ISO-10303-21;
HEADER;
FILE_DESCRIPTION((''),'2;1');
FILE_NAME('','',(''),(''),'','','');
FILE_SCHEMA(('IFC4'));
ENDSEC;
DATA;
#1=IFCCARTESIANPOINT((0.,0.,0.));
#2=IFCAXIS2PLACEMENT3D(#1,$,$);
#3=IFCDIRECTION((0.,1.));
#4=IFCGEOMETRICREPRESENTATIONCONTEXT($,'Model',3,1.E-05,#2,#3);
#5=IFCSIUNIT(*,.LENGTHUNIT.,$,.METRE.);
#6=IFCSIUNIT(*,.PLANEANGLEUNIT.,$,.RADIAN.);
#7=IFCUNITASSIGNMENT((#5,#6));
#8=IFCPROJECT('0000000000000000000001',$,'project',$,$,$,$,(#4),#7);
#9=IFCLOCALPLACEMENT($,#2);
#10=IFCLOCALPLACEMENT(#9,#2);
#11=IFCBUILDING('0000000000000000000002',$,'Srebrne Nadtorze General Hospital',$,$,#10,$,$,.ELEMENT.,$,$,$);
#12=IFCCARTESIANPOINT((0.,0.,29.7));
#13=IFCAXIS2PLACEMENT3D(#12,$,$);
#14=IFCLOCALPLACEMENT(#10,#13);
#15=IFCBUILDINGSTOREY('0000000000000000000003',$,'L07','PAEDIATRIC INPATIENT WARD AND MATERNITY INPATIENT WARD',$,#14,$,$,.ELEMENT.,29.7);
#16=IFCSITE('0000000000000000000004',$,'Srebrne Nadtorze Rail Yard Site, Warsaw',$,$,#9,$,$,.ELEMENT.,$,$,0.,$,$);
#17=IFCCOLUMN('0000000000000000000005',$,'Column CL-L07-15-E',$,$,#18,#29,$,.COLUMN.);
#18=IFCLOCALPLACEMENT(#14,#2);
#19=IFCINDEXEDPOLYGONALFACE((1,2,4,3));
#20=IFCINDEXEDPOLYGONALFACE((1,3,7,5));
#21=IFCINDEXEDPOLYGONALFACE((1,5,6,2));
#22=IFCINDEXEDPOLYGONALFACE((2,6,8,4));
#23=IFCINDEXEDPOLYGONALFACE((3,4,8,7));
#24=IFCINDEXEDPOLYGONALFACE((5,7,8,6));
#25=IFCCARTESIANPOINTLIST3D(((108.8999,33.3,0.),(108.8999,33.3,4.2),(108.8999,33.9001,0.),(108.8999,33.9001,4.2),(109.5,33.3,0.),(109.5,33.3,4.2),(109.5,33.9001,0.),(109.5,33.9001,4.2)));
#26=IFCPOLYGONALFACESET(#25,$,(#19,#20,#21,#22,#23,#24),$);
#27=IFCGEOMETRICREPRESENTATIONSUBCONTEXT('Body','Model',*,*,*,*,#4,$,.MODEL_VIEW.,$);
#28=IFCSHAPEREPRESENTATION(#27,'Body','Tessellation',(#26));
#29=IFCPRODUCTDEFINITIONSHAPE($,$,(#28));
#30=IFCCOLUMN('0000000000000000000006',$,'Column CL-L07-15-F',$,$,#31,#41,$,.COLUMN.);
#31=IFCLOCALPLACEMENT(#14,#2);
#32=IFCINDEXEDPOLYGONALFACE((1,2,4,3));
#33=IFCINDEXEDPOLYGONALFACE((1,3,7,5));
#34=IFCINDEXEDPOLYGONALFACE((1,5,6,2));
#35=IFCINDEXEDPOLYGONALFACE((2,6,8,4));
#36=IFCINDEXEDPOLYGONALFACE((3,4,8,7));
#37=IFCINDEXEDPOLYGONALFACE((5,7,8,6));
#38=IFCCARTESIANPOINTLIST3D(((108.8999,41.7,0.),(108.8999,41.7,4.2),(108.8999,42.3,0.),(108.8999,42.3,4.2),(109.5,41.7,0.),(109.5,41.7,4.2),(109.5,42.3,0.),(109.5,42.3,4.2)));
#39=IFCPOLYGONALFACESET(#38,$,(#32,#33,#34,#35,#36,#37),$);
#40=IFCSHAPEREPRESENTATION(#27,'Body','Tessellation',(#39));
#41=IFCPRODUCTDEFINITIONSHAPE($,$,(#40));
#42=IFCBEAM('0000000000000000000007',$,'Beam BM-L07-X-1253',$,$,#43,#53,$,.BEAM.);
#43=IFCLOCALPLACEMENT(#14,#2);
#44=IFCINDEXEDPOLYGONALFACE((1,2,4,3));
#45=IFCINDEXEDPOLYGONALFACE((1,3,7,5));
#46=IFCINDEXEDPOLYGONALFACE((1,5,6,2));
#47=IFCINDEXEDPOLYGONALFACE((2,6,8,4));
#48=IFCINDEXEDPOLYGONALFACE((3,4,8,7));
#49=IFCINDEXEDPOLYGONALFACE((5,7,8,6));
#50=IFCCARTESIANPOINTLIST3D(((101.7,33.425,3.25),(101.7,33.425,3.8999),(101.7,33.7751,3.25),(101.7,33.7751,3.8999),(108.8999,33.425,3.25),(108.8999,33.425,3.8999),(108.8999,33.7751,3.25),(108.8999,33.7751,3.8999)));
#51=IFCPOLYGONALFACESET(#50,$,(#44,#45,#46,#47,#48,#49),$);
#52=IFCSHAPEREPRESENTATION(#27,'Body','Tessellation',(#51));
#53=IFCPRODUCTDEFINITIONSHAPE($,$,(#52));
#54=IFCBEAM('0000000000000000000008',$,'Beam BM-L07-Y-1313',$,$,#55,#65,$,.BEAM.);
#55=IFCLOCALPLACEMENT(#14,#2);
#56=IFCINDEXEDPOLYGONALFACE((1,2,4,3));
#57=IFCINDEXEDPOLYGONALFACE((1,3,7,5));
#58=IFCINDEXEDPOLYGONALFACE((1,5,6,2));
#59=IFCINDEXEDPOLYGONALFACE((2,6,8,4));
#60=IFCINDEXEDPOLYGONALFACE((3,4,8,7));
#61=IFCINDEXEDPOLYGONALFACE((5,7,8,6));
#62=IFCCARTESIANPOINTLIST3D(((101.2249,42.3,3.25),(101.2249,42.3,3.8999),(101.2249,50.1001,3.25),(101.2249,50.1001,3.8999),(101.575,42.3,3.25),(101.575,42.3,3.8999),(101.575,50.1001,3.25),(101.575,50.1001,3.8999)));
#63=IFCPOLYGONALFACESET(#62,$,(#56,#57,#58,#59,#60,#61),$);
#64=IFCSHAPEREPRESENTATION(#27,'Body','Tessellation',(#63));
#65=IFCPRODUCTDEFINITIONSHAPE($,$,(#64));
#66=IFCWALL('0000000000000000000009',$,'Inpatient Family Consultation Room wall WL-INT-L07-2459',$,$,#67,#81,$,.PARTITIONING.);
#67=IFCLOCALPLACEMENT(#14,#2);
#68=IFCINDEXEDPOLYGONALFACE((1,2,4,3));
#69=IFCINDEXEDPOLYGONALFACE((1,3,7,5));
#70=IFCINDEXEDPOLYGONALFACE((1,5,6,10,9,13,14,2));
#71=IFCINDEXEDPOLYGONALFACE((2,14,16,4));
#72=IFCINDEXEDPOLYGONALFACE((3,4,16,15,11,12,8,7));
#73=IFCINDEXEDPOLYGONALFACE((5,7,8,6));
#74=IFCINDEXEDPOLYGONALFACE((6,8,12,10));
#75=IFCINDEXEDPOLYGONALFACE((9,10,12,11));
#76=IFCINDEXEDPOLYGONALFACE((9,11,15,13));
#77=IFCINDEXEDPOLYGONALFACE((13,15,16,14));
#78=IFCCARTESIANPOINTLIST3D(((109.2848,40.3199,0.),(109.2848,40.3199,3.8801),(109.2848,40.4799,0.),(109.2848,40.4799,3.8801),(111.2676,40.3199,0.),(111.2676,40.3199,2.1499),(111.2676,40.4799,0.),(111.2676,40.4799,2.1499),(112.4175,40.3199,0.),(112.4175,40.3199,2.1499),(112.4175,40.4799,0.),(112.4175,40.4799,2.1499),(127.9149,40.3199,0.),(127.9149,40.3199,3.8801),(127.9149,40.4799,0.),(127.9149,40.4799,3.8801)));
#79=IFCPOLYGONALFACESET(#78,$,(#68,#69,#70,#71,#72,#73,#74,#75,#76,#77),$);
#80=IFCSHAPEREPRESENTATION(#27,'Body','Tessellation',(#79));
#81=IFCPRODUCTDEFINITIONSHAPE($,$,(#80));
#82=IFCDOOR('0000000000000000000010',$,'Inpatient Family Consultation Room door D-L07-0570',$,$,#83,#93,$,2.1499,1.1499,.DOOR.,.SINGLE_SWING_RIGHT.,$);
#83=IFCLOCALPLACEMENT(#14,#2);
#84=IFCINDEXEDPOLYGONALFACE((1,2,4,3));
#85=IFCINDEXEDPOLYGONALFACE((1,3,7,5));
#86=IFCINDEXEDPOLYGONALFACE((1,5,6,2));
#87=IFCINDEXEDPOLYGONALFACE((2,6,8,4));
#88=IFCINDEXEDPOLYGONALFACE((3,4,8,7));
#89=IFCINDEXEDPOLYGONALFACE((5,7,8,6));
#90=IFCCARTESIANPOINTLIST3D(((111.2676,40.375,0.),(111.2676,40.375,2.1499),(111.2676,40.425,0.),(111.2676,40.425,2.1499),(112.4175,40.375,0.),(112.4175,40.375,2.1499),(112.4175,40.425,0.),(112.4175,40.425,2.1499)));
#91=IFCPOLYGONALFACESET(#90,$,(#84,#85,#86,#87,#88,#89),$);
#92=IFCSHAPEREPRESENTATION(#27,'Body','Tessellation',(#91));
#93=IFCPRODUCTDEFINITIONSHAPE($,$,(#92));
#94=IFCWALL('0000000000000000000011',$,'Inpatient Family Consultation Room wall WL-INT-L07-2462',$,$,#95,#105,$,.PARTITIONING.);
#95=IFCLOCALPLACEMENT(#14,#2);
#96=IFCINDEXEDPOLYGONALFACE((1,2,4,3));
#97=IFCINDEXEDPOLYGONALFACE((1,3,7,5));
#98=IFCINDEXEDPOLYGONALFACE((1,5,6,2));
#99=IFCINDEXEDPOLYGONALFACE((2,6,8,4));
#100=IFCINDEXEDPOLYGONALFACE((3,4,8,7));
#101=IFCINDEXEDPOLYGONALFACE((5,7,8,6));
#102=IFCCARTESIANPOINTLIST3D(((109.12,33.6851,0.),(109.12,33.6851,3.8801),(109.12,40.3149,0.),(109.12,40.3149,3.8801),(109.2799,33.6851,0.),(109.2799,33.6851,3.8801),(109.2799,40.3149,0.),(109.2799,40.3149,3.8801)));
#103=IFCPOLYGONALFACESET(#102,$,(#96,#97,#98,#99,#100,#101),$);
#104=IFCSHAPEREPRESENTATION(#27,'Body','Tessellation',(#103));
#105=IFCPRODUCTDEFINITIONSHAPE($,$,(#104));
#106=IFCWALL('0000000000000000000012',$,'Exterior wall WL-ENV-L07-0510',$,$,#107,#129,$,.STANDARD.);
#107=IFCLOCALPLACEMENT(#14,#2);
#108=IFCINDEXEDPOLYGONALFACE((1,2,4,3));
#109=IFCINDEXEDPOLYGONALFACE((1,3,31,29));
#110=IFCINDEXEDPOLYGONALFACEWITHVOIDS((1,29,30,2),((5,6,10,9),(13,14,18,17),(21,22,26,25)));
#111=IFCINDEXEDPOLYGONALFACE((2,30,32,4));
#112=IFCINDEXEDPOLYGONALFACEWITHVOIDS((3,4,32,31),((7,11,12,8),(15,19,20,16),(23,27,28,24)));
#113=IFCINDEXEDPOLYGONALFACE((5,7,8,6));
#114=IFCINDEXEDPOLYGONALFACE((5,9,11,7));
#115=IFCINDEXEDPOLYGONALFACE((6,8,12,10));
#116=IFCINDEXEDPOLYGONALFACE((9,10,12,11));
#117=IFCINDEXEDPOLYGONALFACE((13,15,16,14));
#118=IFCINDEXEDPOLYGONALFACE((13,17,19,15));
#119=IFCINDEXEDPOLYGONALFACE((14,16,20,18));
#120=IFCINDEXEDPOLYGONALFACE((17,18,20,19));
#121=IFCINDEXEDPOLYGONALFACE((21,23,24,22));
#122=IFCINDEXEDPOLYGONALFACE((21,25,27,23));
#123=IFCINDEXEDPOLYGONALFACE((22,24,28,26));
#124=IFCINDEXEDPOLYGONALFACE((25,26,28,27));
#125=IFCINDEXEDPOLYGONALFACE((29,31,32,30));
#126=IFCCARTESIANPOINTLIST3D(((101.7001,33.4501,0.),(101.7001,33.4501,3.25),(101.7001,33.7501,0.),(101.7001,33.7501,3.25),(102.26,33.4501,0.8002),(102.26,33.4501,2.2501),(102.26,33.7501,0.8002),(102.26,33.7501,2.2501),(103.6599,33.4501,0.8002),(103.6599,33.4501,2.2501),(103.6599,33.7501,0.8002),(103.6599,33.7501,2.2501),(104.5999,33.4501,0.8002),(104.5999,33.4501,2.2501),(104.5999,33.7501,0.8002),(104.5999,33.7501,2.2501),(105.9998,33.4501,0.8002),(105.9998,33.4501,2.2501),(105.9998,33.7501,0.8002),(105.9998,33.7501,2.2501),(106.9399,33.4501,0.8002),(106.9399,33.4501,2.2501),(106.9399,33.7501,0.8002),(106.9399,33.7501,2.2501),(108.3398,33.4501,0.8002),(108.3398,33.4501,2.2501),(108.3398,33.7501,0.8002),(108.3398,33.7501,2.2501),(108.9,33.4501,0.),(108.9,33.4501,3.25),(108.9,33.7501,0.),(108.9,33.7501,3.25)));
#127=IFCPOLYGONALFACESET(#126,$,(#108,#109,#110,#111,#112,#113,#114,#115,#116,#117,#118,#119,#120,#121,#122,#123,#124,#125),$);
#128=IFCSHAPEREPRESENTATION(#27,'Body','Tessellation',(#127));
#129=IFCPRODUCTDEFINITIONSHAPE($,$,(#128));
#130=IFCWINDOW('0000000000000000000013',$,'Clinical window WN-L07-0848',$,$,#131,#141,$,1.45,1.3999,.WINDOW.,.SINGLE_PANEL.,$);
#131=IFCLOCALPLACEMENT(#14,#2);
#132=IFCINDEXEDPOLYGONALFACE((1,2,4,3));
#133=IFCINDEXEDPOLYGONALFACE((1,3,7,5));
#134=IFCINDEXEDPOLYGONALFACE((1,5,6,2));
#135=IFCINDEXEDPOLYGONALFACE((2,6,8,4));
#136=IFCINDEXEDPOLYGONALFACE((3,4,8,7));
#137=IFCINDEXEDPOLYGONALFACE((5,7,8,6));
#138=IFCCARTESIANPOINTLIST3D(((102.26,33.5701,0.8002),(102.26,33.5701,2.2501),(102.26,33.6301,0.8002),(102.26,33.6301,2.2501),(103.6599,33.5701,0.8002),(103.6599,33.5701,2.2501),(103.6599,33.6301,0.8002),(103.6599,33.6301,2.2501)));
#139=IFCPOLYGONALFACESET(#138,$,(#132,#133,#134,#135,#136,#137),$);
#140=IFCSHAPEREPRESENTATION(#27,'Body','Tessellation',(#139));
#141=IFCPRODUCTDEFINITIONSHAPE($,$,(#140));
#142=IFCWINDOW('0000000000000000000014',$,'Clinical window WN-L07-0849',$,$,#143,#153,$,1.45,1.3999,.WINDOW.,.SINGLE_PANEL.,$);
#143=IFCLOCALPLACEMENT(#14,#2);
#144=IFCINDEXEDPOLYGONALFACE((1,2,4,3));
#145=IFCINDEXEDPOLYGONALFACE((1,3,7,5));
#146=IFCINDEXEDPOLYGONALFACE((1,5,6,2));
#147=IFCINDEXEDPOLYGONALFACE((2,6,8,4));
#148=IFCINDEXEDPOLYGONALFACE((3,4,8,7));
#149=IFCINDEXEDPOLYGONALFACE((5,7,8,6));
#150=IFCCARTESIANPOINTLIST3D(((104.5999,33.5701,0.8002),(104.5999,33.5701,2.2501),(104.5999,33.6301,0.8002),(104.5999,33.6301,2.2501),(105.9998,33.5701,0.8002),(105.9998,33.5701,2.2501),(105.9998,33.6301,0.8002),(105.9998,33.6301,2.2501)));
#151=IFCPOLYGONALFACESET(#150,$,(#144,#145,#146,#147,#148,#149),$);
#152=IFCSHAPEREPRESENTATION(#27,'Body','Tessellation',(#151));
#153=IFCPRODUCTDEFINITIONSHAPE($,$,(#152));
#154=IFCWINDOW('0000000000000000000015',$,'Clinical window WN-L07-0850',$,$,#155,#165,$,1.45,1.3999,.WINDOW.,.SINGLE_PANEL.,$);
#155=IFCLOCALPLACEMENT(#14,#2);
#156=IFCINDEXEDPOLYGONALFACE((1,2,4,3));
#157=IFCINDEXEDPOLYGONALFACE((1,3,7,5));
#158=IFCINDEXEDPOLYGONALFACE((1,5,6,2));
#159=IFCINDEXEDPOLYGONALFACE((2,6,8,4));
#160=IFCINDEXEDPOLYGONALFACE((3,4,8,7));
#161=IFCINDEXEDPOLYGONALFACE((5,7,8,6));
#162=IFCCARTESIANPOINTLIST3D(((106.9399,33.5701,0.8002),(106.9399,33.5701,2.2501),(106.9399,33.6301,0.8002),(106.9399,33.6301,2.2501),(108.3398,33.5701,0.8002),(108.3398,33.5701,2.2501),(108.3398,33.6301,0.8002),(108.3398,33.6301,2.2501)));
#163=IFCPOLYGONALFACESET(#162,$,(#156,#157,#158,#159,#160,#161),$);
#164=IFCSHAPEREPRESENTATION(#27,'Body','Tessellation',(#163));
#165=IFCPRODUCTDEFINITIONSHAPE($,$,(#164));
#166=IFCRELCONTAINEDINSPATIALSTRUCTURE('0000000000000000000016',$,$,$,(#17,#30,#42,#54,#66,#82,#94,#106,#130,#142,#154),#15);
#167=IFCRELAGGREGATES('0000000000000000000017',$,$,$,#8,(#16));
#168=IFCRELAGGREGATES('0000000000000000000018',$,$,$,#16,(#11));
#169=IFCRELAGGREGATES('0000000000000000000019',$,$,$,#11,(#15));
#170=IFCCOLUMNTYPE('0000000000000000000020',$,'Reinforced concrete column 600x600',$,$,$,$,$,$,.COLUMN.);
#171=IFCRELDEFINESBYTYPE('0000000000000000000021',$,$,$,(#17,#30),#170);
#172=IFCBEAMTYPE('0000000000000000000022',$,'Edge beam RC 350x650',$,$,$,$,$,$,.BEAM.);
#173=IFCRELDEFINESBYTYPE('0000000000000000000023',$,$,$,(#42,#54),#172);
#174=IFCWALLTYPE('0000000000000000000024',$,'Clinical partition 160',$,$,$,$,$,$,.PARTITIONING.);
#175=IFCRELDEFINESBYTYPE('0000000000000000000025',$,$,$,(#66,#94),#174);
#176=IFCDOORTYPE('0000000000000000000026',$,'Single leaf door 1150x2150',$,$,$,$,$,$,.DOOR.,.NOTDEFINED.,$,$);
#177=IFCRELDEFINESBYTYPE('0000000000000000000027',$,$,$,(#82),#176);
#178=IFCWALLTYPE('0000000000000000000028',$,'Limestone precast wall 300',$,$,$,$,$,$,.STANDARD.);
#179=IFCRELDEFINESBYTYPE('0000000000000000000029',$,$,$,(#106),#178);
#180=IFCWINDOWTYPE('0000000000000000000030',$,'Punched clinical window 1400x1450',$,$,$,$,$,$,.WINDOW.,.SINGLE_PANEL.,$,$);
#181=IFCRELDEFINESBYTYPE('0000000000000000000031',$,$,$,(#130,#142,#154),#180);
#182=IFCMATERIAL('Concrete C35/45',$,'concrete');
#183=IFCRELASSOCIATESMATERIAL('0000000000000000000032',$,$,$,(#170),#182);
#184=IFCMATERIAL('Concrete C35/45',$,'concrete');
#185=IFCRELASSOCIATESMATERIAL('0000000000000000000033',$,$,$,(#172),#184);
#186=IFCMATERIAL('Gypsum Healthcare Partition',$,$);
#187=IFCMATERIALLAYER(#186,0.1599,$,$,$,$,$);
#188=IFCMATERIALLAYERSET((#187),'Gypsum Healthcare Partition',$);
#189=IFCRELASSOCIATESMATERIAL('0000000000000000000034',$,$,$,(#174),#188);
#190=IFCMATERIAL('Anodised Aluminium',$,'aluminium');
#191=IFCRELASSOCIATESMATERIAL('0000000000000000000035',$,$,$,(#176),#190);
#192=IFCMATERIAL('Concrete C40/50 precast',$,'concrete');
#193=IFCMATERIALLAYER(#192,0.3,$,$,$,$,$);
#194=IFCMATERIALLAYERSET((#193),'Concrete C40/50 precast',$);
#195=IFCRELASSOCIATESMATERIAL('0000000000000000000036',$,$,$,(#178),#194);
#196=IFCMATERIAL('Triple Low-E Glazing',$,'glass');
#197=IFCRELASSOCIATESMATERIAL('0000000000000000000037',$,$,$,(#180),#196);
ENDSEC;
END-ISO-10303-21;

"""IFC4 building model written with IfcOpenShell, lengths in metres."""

from ifc_helpers import new_model, si_unit, direction, frame, frame_2d, origin, origin_2d, place, context, subcontext, project, spatial, rectangle, extrude, material, layer, layer_set, material_profile, profile_set, type_object, element, fill, save


model = new_model("IFC4")

# Units and contexts
model_context = context("Model", 3, precision=1e-05, world=origin(), true_north=direction((0.0, 1.0)))
body_context = subcontext(model_context, "Body", "Model", "MODEL_VIEW")
ifc_project = project(units=[si_unit("LENGTHUNIT", "METRE"), si_unit("PLANEANGLEUNIT", "RADIAN")], contexts=[model_context])

# Site, building, storey
site_placement = place(None, origin())
site = spatial("IfcSite", under=ifc_project, at=site_placement, Name="Srebrne Nadtorze Rail Yard Site, Warsaw", CompositionType="ELEMENT", RefElevation=0.0)
building_placement = place(site_placement, origin())
building = spatial("IfcBuilding", under=site, at=building_placement, Name="Srebrne Nadtorze General Hospital", CompositionType="ELEMENT")
storey_placement = place(building_placement, frame((0.0, 0.0, 29.7)))
storey = spatial("IfcBuildingStorey", under=building, at=storey_placement, Name="L07", Description="PAEDIATRIC INPATIENT WARD AND MATERNITY INPATIENT WARD", CompositionType="ELEMENT", Elevation=29.7)

# Columns
ifc_material_1 = material(Name="Concrete C35/45", Category="concrete")
ifc_material_profile_1 = material_profile(ifc_material_1, rectangle(XDim=0.6001, YDim=0.6001, at=origin_2d()), Name="RC-COL-600x600")
ifc_profile_set_1 = profile_set([ifc_material_profile_1], Name="Concrete C35/45")
column_type = type_object("IfcColumnType", Name="Reinforced concrete column 600x600", PredefinedType="COLUMN", material=ifc_profile_set_1)
for number, where, z_axis, x_axis, name in (
    (1, (109.2, 33.6001, 0.0), (0.0, 0.0, 1.0), (1.0, 0.0, 0.0), "Column CL-L07-15-E"),
    (2, (109.2, 42.0, 0.0), (0.0, 0.0, 1.0), (1.0, 0.0, 0.0), "Column CL-L07-15-F"),
):
    element("IfcColumn", number, at=place(storey_placement, frame(where, z_axis=z_axis, x_axis=x_axis)), inside=storey, type_object=column_type, Name=name, PredefinedType="COLUMN", context=body_context, shape_type="SweptSolid", body=[
        extrude(rectangle(XDim=0.6001, YDim=0.6001, at=origin_2d()), origin(), (0.0, 0.0, 1.0), 4.2),
    ])

# Beams
ifc_material_2 = material(Name="Concrete C35/45", Category="concrete")
ifc_material_profile_2 = material_profile(ifc_material_2, rectangle(XDim=0.3501, YDim=0.6499, at=origin_2d()), Name="RC-BM-350x650")
ifc_profile_set_2 = profile_set([ifc_material_profile_2], Name="Concrete C35/45")
beam_type = type_object("IfcBeamType", Name="Edge beam RC 350x650", PredefinedType="BEAM", material=ifc_profile_set_2)
beam_1_placement = place(storey_placement, frame((101.7, 33.6001, 3.575), z_axis=(1.0, 0.0, 0.0), x_axis=(0.0, 1.0, 0.0)))
element("IfcBeam", 3, at=beam_1_placement, inside=storey, type_object=beam_type, Name="Beam BM-L07-X-1253", PredefinedType="BEAM", context=body_context, shape_type="SweptSolid", body=[
    extrude(rectangle(XDim=0.3501, YDim=0.6499, at=origin_2d()), origin(), (0.0, 0.0, 1.0), 7.2),
])
beam_2_placement = place(storey_placement, frame((101.3999, 42.3, 3.575), z_axis=(0.0, 1.0, 0.0), x_axis=(-1.0, 0.0, 0.0)))
element("IfcBeam", 4, at=beam_2_placement, inside=storey, type_object=beam_type, Name="Beam BM-L07-Y-1313", PredefinedType="BEAM", context=body_context, shape_type="SweptSolid", body=[
    extrude(rectangle(XDim=0.3501, YDim=0.6499, at=origin_2d()), origin(), (0.0, 0.0, 1.0), 7.8),
])

# Wall, opening, door
ifc_material_3 = material(Name="Gypsum Healthcare Partition")
ifc_layer_1 = layer(ifc_material_3, 0.1599)
ifc_layer_set_1 = layer_set([ifc_layer_1], Name="Gypsum Healthcare Partition")
wall_type_1 = type_object("IfcWallType", Name="Clinical partition 160", PredefinedType="PARTITIONING", material=ifc_layer_set_1)
wall_1_placement = place(storey_placement, frame((109.2849, 40.3999, 0.0), z_axis=(0.0, 0.0, 1.0), x_axis=(1.0, 0.0, 0.0)))
wall_1 = element("IfcWall", 5, at=wall_1_placement, inside=storey, type_object=wall_type_1, Name="Inpatient Family Consultation Room wall WL-INT-L07-2459", PredefinedType="PARTITIONING", context=body_context, shape_type="SweptSolid", body=[
    extrude(rectangle(XDim=18.6301, YDim=0.1599, at=frame_2d((9.3149, 0.0))), origin(), (0.0, 0.0, 1.0), 3.8801),
])
opening_1_placement = place(wall_1_placement, frame((1.9827, 0.0, 0.0)))
opening_1 = element("IfcOpeningElement", 6, at=opening_1_placement, cuts=wall_1, PredefinedType="OPENING", context=body_context, shape_type="SweptSolid", body=[
    extrude(rectangle(XDim=1.1499, YDim=2.1499, at=frame_2d((0.575, 1.075))), frame((0.0, 0.0918, 0.0), z_axis=(0.0, -1.0, 0.0), x_axis=(1.0, 0.0, 0.0)), (0.0, 0.0, 1.0), 0.1838),
])
ifc_material_4 = material(Name="Anodised Aluminium", Category="aluminium")
door_type = type_object("IfcDoorType", Name="Single leaf door 1150x2150", OperationType="NOTDEFINED", PredefinedType="DOOR", material=ifc_material_4)
door_placement = place(opening_1_placement, frame((1.1499, 0.0, 0.0), z_axis=(0.0, 0.0, 1.0), x_axis=(-1.0, 0.0, 0.0)))
door = element("IfcDoor", 7, at=door_placement, inside=storey, type_object=door_type, Name="Inpatient Family Consultation Room door D-L07-0570", OperationType="SINGLE_SWING_RIGHT", OverallHeight=2.1499, OverallWidth=1.1499, PredefinedType="DOOR", context=body_context, shape_type="SweptSolid", body=[
    extrude(rectangle(XDim=1.1499, YDim=2.1499, at=frame_2d((0.575, 1.075))), frame((0.0, 0.0249, 0.0), z_axis=(0.0, -1.0, 0.0), x_axis=(1.0, 0.0, 0.0)), (0.0, 0.0, 1.0), 0.05),
])
fill(opening_1, door)

# Wall
wall_2_placement = place(storey_placement, frame((109.2, 33.6851, 0.0), z_axis=(0.0, 0.0, 1.0), x_axis=(0.0, 1.0, 0.0)))
element("IfcWall", 8, at=wall_2_placement, inside=storey, type_object=wall_type_1, Name="Inpatient Family Consultation Room wall WL-INT-L07-2462", PredefinedType="PARTITIONING", context=body_context, shape_type="SweptSolid", body=[
    extrude(rectangle(XDim=6.6299, YDim=0.1599, at=frame_2d((3.3149, 0.0))), origin(), (0.0, 0.0, 1.0), 3.8801),
])

# Wall, openings, windows
ifc_material_5 = material(Name="Concrete C40/50 precast", Category="concrete")
ifc_layer_2 = layer(ifc_material_5, 0.3)
ifc_layer_set_2 = layer_set([ifc_layer_2], Name="Concrete C40/50 precast")
wall_type_2 = type_object("IfcWallType", Name="Limestone precast wall 300", PredefinedType="STANDARD", material=ifc_layer_set_2)
wall_3_placement = place(storey_placement, frame((101.7, 33.6001, 0.0), z_axis=(0.0, 0.0, 1.0), x_axis=(1.0, 0.0, 0.0)))
wall_3 = element("IfcWall", 9, at=wall_3_placement, inside=storey, type_object=wall_type_2, Name="Exterior wall WL-ENV-L07-0510", PredefinedType="STANDARD", context=body_context, shape_type="SweptSolid", body=[
    extrude(rectangle(XDim=7.2, YDim=0.3, at=frame_2d((3.6001, 0.0))), origin(), (0.0, 0.0, 1.0), 3.25),
])
opening_2_placement = place(wall_3_placement, frame((0.5601, 0.0, 0.8)))
opening_2 = element("IfcOpeningElement", 10, at=opening_2_placement, cuts=wall_3, PredefinedType="OPENING", context=body_context, shape_type="SweptSolid", body=[
    extrude(rectangle(XDim=1.3999, YDim=1.45, at=frame_2d((0.7, 0.7251))), frame((0.0, 0.1621, 0.0), z_axis=(0.0, -1.0, 0.0), x_axis=(1.0, 0.0, 0.0)), (0.0, 0.0, 1.0), 0.324),
])
opening_3_placement = place(wall_3_placement, frame((2.8999, 0.0, 0.8)))
opening_3 = element("IfcOpeningElement", 11, at=opening_3_placement, cuts=wall_3, PredefinedType="OPENING", context=body_context, shape_type="SweptSolid", body=[
    extrude(rectangle(XDim=1.3999, YDim=1.45, at=frame_2d((0.7, 0.7251))), frame((0.0, 0.1621, 0.0), z_axis=(0.0, -1.0, 0.0), x_axis=(1.0, 0.0, 0.0)), (0.0, 0.0, 1.0), 0.324),
])
opening_4_placement = place(wall_3_placement, frame((5.24, 0.0, 0.8)))
opening_4 = element("IfcOpeningElement", 12, at=opening_4_placement, cuts=wall_3, PredefinedType="OPENING", context=body_context, shape_type="SweptSolid", body=[
    extrude(rectangle(XDim=1.3999, YDim=1.45, at=frame_2d((0.7, 0.7251))), frame((0.0, 0.1621, 0.0), z_axis=(0.0, -1.0, 0.0), x_axis=(1.0, 0.0, 0.0)), (0.0, 0.0, 1.0), 0.324),
])
ifc_material_6 = material(Name="Triple Low-E Glazing", Category="glass")
window_type = type_object("IfcWindowType", Name="Punched clinical window 1400x1450", PartitioningType="SINGLE_PANEL", PredefinedType="WINDOW", material=ifc_material_6)
window_1_placement = place(opening_2_placement, origin())
window_1 = element("IfcWindow", 13, at=window_1_placement, inside=storey, type_object=window_type, Name="Clinical window WN-L07-0848", OverallHeight=1.45, OverallWidth=1.3999, PartitioningType="SINGLE_PANEL", PredefinedType="WINDOW", context=body_context, shape_type="SweptSolid", body=[
    extrude(rectangle(XDim=1.3999, YDim=1.45, at=frame_2d((0.7, 0.7251))), frame((0.0, 0.03, 0.0), z_axis=(0.0, -1.0, 0.0), x_axis=(1.0, 0.0, 0.0)), (0.0, 0.0, 1.0), 0.0601),
])
fill(opening_2, window_1)
window_2_placement = place(opening_3_placement, origin())
window_2 = element("IfcWindow", 14, at=window_2_placement, inside=storey, type_object=window_type, Name="Clinical window WN-L07-0849", OverallHeight=1.45, OverallWidth=1.3999, PartitioningType="SINGLE_PANEL", PredefinedType="WINDOW", context=body_context, shape_type="SweptSolid", body=[
    extrude(rectangle(XDim=1.3999, YDim=1.45, at=frame_2d((0.7, 0.7251))), frame((0.0, 0.03, 0.0), z_axis=(0.0, -1.0, 0.0), x_axis=(1.0, 0.0, 0.0)), (0.0, 0.0, 1.0), 0.0601),
])
fill(opening_3, window_2)
window_3_placement = place(opening_4_placement, origin())
window_3 = element("IfcWindow", 15, at=window_3_placement, inside=storey, type_object=window_type, Name="Clinical window WN-L07-0850", OverallHeight=1.45, OverallWidth=1.3999, PartitioningType="SINGLE_PANEL", PredefinedType="WINDOW", context=body_context, shape_type="SweptSolid", body=[
    extrude(rectangle(XDim=1.3999, YDim=1.45, at=frame_2d((0.7, 0.7251))), frame((0.0, 0.03, 0.0), z_axis=(0.0, -1.0, 0.0), x_axis=(1.0, 0.0, 0.0)), (0.0, 0.0, 1.0), 0.0601),
])
fill(opening_4, window_3)

save(model, "model.ifc")
